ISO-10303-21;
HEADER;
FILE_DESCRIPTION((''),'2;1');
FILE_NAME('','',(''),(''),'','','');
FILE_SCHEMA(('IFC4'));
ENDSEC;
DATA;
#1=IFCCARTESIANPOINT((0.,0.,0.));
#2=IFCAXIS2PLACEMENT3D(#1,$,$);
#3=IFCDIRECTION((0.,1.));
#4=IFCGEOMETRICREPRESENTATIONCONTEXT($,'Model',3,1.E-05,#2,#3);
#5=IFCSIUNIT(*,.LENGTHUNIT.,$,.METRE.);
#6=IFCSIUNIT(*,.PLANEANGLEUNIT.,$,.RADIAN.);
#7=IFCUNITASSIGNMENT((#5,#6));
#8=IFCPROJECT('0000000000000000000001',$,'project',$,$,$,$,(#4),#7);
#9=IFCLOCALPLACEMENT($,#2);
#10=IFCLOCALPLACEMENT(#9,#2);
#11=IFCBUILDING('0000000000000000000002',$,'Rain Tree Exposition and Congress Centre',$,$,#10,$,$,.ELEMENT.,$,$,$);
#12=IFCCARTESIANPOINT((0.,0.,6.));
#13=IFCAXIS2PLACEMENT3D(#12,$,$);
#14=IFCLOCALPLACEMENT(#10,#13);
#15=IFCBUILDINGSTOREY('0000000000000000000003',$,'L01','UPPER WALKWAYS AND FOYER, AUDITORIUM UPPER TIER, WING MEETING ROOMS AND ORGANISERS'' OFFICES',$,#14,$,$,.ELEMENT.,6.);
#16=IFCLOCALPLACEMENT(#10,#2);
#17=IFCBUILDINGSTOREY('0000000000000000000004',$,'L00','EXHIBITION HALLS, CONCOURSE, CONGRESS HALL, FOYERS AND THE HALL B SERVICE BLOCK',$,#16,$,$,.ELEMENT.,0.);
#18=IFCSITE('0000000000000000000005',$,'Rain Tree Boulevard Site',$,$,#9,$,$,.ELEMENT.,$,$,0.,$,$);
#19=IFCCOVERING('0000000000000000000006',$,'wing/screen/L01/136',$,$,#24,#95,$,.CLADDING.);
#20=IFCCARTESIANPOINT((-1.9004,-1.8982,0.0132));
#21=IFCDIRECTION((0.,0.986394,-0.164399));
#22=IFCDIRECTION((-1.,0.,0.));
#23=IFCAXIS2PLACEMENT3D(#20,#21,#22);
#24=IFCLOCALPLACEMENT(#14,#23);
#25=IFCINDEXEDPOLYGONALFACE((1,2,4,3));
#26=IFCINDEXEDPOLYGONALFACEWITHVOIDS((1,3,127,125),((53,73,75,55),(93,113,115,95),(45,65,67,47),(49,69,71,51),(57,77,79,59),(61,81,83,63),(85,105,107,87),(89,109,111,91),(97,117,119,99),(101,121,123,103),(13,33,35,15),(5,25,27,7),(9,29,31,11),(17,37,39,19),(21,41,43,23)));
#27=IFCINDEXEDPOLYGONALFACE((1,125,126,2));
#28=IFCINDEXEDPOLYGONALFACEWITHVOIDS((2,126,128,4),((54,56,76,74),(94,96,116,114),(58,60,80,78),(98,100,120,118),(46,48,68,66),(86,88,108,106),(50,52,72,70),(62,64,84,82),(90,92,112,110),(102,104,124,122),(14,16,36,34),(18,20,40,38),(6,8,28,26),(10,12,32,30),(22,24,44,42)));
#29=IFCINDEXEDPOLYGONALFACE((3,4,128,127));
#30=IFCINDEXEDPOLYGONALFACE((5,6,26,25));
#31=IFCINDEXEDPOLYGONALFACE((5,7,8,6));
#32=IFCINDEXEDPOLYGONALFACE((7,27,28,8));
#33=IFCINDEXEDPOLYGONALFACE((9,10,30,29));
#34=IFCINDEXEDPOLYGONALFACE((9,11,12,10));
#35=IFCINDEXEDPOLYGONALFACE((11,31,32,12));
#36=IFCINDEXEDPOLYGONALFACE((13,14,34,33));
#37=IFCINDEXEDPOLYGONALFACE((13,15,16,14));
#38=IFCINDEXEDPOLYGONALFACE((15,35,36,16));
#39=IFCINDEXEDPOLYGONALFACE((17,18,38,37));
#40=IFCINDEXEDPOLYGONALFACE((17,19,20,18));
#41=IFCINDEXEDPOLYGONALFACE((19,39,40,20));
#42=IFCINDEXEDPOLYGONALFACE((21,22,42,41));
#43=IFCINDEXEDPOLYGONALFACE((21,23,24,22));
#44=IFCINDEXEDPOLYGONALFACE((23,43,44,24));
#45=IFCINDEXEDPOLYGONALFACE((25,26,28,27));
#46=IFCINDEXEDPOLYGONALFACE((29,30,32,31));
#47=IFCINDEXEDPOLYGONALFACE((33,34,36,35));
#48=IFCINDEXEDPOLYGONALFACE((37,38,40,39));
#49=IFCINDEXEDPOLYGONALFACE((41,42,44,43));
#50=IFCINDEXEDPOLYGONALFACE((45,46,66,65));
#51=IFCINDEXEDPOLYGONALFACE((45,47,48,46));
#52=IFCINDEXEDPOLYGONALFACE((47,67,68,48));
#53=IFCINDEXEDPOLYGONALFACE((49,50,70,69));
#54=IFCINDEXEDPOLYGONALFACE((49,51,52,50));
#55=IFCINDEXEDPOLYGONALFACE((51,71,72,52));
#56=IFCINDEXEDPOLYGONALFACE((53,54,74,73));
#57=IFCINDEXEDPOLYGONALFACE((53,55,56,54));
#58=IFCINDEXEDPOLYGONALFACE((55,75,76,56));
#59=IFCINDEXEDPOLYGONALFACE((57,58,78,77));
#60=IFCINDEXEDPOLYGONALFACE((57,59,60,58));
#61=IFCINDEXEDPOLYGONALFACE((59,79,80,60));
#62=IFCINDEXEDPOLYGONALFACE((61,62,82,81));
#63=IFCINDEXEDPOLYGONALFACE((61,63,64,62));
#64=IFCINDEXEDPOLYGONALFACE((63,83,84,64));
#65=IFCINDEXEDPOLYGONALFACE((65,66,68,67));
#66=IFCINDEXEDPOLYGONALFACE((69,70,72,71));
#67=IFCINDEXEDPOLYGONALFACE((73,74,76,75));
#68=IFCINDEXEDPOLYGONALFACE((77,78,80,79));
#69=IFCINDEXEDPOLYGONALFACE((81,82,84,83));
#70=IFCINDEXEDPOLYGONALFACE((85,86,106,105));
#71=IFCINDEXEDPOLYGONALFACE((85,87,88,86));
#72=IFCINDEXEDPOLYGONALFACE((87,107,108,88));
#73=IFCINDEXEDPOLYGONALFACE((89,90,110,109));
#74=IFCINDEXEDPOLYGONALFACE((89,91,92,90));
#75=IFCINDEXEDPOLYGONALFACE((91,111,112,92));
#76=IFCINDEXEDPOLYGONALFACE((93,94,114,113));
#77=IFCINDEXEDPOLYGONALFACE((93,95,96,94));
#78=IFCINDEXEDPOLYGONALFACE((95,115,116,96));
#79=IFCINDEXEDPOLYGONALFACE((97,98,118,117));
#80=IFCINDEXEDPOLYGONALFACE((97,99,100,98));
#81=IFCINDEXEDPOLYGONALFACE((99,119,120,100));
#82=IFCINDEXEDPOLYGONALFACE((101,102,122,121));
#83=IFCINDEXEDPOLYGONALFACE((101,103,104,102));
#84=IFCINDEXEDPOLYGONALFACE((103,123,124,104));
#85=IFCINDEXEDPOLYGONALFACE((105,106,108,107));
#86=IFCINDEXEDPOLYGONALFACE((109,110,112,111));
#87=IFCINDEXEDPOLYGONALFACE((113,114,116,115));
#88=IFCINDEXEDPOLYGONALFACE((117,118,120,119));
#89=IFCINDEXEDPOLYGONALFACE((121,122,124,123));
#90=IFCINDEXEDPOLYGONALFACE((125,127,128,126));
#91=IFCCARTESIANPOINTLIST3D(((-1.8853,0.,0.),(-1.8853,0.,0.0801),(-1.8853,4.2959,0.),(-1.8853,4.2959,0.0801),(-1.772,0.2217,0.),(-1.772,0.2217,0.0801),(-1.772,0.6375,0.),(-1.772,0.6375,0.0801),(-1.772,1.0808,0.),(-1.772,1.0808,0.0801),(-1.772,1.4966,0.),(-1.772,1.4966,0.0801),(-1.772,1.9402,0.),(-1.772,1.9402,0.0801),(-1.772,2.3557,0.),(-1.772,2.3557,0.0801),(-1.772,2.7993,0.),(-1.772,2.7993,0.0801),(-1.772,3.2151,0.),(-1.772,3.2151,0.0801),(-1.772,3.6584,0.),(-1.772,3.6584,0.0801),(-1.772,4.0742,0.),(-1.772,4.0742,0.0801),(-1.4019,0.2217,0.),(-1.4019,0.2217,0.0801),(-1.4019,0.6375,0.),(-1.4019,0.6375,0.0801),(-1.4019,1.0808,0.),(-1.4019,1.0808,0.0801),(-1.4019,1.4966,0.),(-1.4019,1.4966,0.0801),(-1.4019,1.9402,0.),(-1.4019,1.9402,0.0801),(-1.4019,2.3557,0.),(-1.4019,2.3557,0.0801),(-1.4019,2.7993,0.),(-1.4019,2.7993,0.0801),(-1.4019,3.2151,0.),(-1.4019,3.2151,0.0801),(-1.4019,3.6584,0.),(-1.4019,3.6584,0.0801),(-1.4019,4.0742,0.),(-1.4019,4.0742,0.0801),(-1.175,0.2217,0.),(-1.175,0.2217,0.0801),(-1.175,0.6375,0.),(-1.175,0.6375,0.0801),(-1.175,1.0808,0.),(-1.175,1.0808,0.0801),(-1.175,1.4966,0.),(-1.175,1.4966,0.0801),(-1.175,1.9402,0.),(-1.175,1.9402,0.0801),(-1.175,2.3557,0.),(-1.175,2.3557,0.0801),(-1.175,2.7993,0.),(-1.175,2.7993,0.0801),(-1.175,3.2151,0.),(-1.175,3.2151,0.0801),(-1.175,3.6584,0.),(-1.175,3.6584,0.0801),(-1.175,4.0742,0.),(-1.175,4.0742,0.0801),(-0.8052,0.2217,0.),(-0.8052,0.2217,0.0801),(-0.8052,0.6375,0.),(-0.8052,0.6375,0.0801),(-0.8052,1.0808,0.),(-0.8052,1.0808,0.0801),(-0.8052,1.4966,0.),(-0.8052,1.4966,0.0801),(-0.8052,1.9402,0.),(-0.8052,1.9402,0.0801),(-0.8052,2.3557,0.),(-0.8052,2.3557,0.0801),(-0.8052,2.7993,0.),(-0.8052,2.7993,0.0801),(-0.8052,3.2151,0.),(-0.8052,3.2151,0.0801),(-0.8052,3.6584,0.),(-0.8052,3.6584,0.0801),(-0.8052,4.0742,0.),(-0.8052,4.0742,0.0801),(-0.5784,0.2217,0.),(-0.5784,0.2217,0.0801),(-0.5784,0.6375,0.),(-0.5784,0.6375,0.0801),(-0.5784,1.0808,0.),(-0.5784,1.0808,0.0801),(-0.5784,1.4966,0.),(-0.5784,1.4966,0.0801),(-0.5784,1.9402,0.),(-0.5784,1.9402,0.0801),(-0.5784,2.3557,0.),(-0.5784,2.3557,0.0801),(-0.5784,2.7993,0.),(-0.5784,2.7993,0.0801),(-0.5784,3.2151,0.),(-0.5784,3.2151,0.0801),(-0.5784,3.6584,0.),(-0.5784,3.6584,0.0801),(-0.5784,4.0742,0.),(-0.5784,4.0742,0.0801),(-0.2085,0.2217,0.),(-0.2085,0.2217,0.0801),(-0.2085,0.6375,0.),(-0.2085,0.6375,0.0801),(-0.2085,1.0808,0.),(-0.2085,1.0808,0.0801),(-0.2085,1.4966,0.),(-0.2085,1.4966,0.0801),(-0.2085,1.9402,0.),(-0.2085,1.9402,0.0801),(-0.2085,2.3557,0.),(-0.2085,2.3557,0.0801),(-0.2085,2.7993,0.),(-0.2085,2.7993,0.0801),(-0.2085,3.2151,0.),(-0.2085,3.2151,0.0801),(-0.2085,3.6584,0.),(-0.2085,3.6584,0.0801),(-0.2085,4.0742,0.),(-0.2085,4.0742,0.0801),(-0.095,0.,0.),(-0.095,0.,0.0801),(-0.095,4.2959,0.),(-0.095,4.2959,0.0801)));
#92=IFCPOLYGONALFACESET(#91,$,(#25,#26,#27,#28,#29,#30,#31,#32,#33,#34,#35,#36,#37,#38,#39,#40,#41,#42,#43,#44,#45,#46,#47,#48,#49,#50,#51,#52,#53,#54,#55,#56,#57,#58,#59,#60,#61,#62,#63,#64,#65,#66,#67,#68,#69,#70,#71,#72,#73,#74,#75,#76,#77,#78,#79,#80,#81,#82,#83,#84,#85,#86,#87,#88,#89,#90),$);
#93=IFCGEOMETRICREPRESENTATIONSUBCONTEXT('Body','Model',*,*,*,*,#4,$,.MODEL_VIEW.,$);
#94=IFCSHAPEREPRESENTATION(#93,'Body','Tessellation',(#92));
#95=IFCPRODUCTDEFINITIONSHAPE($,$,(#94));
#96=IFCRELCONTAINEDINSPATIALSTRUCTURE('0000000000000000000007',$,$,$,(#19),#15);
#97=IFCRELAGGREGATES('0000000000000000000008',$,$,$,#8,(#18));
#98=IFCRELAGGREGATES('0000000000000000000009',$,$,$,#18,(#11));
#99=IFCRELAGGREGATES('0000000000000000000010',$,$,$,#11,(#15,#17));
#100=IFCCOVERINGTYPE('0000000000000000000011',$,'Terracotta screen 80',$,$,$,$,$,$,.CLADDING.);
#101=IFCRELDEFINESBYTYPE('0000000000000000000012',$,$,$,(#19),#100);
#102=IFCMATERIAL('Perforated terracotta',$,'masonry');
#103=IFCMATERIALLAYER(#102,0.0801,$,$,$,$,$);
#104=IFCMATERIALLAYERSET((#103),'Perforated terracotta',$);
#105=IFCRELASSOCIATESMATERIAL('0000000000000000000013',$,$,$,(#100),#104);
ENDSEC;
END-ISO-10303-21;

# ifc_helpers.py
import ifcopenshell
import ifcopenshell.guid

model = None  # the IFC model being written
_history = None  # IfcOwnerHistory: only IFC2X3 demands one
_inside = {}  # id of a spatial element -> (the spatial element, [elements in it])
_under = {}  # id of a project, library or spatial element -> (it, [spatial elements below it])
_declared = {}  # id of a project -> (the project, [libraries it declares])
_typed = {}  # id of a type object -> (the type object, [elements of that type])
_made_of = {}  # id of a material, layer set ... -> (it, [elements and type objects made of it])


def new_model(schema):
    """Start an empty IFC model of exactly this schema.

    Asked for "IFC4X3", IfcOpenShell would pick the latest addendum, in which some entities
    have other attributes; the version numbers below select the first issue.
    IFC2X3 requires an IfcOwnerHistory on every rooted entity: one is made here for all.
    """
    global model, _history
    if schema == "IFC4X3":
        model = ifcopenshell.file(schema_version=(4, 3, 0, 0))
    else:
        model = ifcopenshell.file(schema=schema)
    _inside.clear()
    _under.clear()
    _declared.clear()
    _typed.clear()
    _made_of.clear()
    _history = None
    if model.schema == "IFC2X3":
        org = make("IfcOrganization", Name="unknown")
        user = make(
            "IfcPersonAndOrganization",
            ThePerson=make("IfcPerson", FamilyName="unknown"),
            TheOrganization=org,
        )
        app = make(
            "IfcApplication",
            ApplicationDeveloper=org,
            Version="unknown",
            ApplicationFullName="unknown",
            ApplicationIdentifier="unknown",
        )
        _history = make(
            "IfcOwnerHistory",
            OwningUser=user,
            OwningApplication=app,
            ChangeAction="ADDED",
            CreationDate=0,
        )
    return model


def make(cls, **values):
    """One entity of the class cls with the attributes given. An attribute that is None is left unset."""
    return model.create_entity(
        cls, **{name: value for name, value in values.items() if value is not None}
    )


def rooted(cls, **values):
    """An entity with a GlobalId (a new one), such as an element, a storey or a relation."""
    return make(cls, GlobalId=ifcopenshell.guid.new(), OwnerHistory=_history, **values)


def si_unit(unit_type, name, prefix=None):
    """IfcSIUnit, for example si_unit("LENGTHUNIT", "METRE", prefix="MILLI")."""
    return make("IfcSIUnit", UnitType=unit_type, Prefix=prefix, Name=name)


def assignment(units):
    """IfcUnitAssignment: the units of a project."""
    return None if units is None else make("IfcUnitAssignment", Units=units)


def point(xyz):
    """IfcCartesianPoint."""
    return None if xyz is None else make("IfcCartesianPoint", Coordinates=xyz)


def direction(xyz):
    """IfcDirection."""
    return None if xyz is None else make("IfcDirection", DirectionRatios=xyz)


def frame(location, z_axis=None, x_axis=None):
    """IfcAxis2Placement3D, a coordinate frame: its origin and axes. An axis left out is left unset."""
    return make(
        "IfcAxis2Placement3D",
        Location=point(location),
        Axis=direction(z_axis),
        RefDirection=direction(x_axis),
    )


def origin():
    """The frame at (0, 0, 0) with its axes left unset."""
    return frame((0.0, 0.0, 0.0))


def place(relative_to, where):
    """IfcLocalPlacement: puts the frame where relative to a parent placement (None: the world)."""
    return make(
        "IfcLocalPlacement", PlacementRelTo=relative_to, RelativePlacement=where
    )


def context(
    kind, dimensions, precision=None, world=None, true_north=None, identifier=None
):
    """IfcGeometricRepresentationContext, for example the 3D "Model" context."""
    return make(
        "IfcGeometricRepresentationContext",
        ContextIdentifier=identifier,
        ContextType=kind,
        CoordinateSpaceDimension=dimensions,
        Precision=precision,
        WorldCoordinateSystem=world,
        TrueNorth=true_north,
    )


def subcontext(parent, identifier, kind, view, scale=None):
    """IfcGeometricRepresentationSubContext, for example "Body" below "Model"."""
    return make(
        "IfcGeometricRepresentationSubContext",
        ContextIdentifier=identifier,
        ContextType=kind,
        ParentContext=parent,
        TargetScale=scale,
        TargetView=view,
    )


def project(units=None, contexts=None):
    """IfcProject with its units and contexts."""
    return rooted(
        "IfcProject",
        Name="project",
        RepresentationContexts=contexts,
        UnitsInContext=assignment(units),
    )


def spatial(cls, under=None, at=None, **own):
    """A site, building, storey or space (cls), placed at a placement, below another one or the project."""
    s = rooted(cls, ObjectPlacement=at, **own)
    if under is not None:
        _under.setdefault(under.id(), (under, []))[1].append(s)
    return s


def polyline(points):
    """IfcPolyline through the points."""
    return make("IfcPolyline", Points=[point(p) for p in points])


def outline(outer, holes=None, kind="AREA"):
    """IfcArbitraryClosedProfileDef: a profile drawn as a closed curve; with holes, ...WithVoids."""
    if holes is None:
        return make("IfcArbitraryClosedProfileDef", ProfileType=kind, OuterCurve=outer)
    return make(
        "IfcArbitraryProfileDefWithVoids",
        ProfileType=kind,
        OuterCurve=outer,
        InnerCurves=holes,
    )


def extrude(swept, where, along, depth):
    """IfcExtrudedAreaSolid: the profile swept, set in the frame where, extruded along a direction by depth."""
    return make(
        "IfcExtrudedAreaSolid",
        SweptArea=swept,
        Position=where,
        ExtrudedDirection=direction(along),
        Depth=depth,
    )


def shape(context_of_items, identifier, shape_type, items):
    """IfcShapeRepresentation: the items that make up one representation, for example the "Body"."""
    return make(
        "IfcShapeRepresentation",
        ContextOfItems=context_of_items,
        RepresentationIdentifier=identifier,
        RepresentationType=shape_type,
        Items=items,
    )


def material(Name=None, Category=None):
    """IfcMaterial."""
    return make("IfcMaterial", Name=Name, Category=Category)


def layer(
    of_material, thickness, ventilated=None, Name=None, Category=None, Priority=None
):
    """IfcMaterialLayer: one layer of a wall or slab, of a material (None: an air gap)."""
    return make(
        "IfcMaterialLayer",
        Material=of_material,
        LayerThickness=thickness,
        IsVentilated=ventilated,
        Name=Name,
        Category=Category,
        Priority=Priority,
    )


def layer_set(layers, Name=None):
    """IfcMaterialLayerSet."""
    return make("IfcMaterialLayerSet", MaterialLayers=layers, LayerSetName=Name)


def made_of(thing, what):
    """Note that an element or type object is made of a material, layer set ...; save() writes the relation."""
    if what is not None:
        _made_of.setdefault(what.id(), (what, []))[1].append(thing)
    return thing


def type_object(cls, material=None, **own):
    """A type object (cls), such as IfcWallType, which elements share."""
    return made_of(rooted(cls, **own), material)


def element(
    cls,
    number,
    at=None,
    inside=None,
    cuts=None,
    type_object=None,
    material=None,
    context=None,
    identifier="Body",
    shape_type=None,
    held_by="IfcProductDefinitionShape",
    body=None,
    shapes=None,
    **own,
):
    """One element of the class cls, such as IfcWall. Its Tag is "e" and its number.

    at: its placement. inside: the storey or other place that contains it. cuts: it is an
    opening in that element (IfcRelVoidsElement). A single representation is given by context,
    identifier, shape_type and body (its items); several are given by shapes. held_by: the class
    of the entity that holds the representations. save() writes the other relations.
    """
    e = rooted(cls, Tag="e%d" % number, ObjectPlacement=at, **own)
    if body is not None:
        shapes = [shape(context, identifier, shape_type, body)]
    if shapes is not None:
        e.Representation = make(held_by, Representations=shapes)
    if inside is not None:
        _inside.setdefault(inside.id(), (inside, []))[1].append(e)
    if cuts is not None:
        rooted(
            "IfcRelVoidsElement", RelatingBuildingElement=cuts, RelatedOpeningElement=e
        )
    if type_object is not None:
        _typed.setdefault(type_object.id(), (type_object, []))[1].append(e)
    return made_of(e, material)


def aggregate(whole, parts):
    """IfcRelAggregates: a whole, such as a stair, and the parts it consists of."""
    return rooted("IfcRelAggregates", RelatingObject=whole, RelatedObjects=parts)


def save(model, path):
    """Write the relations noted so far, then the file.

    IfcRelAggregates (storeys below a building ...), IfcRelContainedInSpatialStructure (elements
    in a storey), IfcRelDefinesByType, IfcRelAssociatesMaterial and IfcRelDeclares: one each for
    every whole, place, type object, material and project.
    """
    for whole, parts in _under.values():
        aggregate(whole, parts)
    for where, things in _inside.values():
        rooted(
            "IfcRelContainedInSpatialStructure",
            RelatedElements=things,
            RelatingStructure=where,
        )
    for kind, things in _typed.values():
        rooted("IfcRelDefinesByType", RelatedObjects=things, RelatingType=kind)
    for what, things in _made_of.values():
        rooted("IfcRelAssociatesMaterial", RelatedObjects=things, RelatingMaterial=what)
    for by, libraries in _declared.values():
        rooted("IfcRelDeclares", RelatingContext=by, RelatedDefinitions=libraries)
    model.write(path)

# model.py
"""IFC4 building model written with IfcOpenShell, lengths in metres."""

from ifc_helpers import new_model, si_unit, direction, frame, origin, place, context, subcontext, project, spatial, polyline, outline, extrude, material, layer, layer_set, type_object, element, save


model = new_model("IFC4")

# Units and contexts
model_context = context("Model", 3, precision=1e-05, world=origin(), true_north=direction((0.0, 1.0)))
body_context = subcontext(model_context, "Body", "Model", "MODEL_VIEW")
ifc_project = project(units=[si_unit("LENGTHUNIT", "METRE"), si_unit("PLANEANGLEUNIT", "RADIAN")], contexts=[model_context])

# Site, building, storey
site_placement = place(None, origin())
site = spatial("IfcSite", under=ifc_project, at=site_placement, Name="Rain Tree Boulevard Site", CompositionType="ELEMENT", RefElevation=0.0)
building_placement = place(site_placement, origin())
building = spatial("IfcBuilding", under=site, at=building_placement, Name="Rain Tree Exposition and Congress Centre", CompositionType="ELEMENT")
storey_1_placement = place(building_placement, frame((0.0, 0.0, 6.0)))
storey_1 = spatial("IfcBuildingStorey", under=building, at=storey_1_placement, Name="L01", Description="UPPER WALKWAYS AND FOYER, AUDITORIUM UPPER TIER, WING MEETING ROOMS AND ORGANISERS' OFFICES", CompositionType="ELEMENT", Elevation=6.0)

# Shared definitions
storey_2_placement = place(building_placement, origin())
storey_2 = spatial("IfcBuildingStorey", under=building, at=storey_2_placement, Name="L00", Description="EXHIBITION HALLS, CONCOURSE, CONGRESS HALL, FOYERS AND THE HALL B SERVICE BLOCK", CompositionType="ELEMENT", Elevation=0.0)

# Covering
ifc_material_1 = material(Name="Perforated terracotta", Category="masonry")
ifc_layer_1 = layer(ifc_material_1, 0.0801)
ifc_layer_set_1 = layer_set([ifc_layer_1], Name="Perforated terracotta")
covering_type_1 = type_object("IfcCoveringType", Name="Terracotta screen 80", PredefinedType="CLADDING", material=ifc_layer_set_1)
covering_1_placement = place(storey_1_placement, frame((-1.9004, -1.8982, 0.0132), z_axis=(0.0, 0.986394, -0.164399), x_axis=(-1.0, 0.0, 0.0)))
element("IfcCovering", 1, at=covering_1_placement, inside=storey_1, type_object=covering_type_1, Name="wing/screen/L01/136", PredefinedType="CLADDING", context=body_context, shape_type="SweptSolid", body=[
    extrude(outline(polyline([(-1.8853, 0.0), (-1.8853, 4.2959), (-0.095, 4.2959), (-0.095, 0.0), (-1.8853, 0.0)]), holes=[polyline([(-0.2085, 0.2217), (-0.2085, 0.6375), (-0.5784, 0.6375), (-0.5784, 0.2217), (-0.2085, 0.2217)]), polyline([(-0.2085, 1.0808), (-0.2085, 1.4966), (-0.5784, 1.4966), (-0.5784, 1.0808), (-0.2085, 1.0808)]), polyline([(-0.2085, 1.9402), (-0.2085, 2.3557), (-0.5784, 2.3557), (-0.5784, 1.9402), (-0.2085, 1.9402)]), polyline([(-0.2085, 2.7993), (-0.2085, 3.2151), (-0.5784, 3.2151), (-0.5784, 2.7993), (-0.2085, 2.7993)]), polyline([(-0.2085, 3.6584), (-0.2085, 4.0742), (-0.5784, 4.0742), (-0.5784, 3.6584), (-0.2085, 3.6584)]), polyline([(-0.8052, 0.2217), (-0.8052, 0.6375), (-1.175, 0.6375), (-1.175, 0.2217), (-0.8052, 0.2217)]), polyline([(-0.8052, 1.0808), (-0.8052, 1.4966), (-1.175, 1.4966), (-1.175, 1.0808), (-0.8052, 1.0808)]), polyline([(-0.8052, 1.9402), (-0.8052, 2.3557), (-1.175, 2.3557), (-1.175, 1.9402), (-0.8052, 1.9402)]), polyline([(-0.8052, 2.7993), (-0.8052, 3.2151), (-1.175, 3.2151), (-1.175, 2.7993), (-0.8052, 2.7993)]), polyline([(-0.8052, 3.6584), (-0.8052, 4.0742), (-1.175, 4.0742), (-1.175, 3.6584), (-0.8052, 3.6584)]), polyline([(-1.4019, 0.2217), (-1.4019, 0.6375), (-1.772, 0.6375), (-1.772, 0.2217), (-1.4019, 0.2217)]), polyline([(-1.4019, 1.0808), (-1.4019, 1.4966), (-1.772, 1.4966), (-1.772, 1.0808), (-1.4019, 1.0808)]), polyline([(-1.4019, 1.9402), (-1.4019, 2.3557), (-1.772, 2.3557), (-1.772, 1.9402), (-1.4019, 1.9402)]), polyline([(-1.4019, 2.7993), (-1.4019, 3.2151), (-1.772, 3.2151), (-1.772, 2.7993), (-1.4019, 2.7993)]), polyline([(-1.4019, 3.6584), (-1.4019, 4.0742), (-1.772, 4.0742), (-1.772, 3.6584), (-1.4019, 3.6584)])]), origin(), (0.0, 0.0, 1.0), 0.0801),
])

save(model, "model.ifc")
